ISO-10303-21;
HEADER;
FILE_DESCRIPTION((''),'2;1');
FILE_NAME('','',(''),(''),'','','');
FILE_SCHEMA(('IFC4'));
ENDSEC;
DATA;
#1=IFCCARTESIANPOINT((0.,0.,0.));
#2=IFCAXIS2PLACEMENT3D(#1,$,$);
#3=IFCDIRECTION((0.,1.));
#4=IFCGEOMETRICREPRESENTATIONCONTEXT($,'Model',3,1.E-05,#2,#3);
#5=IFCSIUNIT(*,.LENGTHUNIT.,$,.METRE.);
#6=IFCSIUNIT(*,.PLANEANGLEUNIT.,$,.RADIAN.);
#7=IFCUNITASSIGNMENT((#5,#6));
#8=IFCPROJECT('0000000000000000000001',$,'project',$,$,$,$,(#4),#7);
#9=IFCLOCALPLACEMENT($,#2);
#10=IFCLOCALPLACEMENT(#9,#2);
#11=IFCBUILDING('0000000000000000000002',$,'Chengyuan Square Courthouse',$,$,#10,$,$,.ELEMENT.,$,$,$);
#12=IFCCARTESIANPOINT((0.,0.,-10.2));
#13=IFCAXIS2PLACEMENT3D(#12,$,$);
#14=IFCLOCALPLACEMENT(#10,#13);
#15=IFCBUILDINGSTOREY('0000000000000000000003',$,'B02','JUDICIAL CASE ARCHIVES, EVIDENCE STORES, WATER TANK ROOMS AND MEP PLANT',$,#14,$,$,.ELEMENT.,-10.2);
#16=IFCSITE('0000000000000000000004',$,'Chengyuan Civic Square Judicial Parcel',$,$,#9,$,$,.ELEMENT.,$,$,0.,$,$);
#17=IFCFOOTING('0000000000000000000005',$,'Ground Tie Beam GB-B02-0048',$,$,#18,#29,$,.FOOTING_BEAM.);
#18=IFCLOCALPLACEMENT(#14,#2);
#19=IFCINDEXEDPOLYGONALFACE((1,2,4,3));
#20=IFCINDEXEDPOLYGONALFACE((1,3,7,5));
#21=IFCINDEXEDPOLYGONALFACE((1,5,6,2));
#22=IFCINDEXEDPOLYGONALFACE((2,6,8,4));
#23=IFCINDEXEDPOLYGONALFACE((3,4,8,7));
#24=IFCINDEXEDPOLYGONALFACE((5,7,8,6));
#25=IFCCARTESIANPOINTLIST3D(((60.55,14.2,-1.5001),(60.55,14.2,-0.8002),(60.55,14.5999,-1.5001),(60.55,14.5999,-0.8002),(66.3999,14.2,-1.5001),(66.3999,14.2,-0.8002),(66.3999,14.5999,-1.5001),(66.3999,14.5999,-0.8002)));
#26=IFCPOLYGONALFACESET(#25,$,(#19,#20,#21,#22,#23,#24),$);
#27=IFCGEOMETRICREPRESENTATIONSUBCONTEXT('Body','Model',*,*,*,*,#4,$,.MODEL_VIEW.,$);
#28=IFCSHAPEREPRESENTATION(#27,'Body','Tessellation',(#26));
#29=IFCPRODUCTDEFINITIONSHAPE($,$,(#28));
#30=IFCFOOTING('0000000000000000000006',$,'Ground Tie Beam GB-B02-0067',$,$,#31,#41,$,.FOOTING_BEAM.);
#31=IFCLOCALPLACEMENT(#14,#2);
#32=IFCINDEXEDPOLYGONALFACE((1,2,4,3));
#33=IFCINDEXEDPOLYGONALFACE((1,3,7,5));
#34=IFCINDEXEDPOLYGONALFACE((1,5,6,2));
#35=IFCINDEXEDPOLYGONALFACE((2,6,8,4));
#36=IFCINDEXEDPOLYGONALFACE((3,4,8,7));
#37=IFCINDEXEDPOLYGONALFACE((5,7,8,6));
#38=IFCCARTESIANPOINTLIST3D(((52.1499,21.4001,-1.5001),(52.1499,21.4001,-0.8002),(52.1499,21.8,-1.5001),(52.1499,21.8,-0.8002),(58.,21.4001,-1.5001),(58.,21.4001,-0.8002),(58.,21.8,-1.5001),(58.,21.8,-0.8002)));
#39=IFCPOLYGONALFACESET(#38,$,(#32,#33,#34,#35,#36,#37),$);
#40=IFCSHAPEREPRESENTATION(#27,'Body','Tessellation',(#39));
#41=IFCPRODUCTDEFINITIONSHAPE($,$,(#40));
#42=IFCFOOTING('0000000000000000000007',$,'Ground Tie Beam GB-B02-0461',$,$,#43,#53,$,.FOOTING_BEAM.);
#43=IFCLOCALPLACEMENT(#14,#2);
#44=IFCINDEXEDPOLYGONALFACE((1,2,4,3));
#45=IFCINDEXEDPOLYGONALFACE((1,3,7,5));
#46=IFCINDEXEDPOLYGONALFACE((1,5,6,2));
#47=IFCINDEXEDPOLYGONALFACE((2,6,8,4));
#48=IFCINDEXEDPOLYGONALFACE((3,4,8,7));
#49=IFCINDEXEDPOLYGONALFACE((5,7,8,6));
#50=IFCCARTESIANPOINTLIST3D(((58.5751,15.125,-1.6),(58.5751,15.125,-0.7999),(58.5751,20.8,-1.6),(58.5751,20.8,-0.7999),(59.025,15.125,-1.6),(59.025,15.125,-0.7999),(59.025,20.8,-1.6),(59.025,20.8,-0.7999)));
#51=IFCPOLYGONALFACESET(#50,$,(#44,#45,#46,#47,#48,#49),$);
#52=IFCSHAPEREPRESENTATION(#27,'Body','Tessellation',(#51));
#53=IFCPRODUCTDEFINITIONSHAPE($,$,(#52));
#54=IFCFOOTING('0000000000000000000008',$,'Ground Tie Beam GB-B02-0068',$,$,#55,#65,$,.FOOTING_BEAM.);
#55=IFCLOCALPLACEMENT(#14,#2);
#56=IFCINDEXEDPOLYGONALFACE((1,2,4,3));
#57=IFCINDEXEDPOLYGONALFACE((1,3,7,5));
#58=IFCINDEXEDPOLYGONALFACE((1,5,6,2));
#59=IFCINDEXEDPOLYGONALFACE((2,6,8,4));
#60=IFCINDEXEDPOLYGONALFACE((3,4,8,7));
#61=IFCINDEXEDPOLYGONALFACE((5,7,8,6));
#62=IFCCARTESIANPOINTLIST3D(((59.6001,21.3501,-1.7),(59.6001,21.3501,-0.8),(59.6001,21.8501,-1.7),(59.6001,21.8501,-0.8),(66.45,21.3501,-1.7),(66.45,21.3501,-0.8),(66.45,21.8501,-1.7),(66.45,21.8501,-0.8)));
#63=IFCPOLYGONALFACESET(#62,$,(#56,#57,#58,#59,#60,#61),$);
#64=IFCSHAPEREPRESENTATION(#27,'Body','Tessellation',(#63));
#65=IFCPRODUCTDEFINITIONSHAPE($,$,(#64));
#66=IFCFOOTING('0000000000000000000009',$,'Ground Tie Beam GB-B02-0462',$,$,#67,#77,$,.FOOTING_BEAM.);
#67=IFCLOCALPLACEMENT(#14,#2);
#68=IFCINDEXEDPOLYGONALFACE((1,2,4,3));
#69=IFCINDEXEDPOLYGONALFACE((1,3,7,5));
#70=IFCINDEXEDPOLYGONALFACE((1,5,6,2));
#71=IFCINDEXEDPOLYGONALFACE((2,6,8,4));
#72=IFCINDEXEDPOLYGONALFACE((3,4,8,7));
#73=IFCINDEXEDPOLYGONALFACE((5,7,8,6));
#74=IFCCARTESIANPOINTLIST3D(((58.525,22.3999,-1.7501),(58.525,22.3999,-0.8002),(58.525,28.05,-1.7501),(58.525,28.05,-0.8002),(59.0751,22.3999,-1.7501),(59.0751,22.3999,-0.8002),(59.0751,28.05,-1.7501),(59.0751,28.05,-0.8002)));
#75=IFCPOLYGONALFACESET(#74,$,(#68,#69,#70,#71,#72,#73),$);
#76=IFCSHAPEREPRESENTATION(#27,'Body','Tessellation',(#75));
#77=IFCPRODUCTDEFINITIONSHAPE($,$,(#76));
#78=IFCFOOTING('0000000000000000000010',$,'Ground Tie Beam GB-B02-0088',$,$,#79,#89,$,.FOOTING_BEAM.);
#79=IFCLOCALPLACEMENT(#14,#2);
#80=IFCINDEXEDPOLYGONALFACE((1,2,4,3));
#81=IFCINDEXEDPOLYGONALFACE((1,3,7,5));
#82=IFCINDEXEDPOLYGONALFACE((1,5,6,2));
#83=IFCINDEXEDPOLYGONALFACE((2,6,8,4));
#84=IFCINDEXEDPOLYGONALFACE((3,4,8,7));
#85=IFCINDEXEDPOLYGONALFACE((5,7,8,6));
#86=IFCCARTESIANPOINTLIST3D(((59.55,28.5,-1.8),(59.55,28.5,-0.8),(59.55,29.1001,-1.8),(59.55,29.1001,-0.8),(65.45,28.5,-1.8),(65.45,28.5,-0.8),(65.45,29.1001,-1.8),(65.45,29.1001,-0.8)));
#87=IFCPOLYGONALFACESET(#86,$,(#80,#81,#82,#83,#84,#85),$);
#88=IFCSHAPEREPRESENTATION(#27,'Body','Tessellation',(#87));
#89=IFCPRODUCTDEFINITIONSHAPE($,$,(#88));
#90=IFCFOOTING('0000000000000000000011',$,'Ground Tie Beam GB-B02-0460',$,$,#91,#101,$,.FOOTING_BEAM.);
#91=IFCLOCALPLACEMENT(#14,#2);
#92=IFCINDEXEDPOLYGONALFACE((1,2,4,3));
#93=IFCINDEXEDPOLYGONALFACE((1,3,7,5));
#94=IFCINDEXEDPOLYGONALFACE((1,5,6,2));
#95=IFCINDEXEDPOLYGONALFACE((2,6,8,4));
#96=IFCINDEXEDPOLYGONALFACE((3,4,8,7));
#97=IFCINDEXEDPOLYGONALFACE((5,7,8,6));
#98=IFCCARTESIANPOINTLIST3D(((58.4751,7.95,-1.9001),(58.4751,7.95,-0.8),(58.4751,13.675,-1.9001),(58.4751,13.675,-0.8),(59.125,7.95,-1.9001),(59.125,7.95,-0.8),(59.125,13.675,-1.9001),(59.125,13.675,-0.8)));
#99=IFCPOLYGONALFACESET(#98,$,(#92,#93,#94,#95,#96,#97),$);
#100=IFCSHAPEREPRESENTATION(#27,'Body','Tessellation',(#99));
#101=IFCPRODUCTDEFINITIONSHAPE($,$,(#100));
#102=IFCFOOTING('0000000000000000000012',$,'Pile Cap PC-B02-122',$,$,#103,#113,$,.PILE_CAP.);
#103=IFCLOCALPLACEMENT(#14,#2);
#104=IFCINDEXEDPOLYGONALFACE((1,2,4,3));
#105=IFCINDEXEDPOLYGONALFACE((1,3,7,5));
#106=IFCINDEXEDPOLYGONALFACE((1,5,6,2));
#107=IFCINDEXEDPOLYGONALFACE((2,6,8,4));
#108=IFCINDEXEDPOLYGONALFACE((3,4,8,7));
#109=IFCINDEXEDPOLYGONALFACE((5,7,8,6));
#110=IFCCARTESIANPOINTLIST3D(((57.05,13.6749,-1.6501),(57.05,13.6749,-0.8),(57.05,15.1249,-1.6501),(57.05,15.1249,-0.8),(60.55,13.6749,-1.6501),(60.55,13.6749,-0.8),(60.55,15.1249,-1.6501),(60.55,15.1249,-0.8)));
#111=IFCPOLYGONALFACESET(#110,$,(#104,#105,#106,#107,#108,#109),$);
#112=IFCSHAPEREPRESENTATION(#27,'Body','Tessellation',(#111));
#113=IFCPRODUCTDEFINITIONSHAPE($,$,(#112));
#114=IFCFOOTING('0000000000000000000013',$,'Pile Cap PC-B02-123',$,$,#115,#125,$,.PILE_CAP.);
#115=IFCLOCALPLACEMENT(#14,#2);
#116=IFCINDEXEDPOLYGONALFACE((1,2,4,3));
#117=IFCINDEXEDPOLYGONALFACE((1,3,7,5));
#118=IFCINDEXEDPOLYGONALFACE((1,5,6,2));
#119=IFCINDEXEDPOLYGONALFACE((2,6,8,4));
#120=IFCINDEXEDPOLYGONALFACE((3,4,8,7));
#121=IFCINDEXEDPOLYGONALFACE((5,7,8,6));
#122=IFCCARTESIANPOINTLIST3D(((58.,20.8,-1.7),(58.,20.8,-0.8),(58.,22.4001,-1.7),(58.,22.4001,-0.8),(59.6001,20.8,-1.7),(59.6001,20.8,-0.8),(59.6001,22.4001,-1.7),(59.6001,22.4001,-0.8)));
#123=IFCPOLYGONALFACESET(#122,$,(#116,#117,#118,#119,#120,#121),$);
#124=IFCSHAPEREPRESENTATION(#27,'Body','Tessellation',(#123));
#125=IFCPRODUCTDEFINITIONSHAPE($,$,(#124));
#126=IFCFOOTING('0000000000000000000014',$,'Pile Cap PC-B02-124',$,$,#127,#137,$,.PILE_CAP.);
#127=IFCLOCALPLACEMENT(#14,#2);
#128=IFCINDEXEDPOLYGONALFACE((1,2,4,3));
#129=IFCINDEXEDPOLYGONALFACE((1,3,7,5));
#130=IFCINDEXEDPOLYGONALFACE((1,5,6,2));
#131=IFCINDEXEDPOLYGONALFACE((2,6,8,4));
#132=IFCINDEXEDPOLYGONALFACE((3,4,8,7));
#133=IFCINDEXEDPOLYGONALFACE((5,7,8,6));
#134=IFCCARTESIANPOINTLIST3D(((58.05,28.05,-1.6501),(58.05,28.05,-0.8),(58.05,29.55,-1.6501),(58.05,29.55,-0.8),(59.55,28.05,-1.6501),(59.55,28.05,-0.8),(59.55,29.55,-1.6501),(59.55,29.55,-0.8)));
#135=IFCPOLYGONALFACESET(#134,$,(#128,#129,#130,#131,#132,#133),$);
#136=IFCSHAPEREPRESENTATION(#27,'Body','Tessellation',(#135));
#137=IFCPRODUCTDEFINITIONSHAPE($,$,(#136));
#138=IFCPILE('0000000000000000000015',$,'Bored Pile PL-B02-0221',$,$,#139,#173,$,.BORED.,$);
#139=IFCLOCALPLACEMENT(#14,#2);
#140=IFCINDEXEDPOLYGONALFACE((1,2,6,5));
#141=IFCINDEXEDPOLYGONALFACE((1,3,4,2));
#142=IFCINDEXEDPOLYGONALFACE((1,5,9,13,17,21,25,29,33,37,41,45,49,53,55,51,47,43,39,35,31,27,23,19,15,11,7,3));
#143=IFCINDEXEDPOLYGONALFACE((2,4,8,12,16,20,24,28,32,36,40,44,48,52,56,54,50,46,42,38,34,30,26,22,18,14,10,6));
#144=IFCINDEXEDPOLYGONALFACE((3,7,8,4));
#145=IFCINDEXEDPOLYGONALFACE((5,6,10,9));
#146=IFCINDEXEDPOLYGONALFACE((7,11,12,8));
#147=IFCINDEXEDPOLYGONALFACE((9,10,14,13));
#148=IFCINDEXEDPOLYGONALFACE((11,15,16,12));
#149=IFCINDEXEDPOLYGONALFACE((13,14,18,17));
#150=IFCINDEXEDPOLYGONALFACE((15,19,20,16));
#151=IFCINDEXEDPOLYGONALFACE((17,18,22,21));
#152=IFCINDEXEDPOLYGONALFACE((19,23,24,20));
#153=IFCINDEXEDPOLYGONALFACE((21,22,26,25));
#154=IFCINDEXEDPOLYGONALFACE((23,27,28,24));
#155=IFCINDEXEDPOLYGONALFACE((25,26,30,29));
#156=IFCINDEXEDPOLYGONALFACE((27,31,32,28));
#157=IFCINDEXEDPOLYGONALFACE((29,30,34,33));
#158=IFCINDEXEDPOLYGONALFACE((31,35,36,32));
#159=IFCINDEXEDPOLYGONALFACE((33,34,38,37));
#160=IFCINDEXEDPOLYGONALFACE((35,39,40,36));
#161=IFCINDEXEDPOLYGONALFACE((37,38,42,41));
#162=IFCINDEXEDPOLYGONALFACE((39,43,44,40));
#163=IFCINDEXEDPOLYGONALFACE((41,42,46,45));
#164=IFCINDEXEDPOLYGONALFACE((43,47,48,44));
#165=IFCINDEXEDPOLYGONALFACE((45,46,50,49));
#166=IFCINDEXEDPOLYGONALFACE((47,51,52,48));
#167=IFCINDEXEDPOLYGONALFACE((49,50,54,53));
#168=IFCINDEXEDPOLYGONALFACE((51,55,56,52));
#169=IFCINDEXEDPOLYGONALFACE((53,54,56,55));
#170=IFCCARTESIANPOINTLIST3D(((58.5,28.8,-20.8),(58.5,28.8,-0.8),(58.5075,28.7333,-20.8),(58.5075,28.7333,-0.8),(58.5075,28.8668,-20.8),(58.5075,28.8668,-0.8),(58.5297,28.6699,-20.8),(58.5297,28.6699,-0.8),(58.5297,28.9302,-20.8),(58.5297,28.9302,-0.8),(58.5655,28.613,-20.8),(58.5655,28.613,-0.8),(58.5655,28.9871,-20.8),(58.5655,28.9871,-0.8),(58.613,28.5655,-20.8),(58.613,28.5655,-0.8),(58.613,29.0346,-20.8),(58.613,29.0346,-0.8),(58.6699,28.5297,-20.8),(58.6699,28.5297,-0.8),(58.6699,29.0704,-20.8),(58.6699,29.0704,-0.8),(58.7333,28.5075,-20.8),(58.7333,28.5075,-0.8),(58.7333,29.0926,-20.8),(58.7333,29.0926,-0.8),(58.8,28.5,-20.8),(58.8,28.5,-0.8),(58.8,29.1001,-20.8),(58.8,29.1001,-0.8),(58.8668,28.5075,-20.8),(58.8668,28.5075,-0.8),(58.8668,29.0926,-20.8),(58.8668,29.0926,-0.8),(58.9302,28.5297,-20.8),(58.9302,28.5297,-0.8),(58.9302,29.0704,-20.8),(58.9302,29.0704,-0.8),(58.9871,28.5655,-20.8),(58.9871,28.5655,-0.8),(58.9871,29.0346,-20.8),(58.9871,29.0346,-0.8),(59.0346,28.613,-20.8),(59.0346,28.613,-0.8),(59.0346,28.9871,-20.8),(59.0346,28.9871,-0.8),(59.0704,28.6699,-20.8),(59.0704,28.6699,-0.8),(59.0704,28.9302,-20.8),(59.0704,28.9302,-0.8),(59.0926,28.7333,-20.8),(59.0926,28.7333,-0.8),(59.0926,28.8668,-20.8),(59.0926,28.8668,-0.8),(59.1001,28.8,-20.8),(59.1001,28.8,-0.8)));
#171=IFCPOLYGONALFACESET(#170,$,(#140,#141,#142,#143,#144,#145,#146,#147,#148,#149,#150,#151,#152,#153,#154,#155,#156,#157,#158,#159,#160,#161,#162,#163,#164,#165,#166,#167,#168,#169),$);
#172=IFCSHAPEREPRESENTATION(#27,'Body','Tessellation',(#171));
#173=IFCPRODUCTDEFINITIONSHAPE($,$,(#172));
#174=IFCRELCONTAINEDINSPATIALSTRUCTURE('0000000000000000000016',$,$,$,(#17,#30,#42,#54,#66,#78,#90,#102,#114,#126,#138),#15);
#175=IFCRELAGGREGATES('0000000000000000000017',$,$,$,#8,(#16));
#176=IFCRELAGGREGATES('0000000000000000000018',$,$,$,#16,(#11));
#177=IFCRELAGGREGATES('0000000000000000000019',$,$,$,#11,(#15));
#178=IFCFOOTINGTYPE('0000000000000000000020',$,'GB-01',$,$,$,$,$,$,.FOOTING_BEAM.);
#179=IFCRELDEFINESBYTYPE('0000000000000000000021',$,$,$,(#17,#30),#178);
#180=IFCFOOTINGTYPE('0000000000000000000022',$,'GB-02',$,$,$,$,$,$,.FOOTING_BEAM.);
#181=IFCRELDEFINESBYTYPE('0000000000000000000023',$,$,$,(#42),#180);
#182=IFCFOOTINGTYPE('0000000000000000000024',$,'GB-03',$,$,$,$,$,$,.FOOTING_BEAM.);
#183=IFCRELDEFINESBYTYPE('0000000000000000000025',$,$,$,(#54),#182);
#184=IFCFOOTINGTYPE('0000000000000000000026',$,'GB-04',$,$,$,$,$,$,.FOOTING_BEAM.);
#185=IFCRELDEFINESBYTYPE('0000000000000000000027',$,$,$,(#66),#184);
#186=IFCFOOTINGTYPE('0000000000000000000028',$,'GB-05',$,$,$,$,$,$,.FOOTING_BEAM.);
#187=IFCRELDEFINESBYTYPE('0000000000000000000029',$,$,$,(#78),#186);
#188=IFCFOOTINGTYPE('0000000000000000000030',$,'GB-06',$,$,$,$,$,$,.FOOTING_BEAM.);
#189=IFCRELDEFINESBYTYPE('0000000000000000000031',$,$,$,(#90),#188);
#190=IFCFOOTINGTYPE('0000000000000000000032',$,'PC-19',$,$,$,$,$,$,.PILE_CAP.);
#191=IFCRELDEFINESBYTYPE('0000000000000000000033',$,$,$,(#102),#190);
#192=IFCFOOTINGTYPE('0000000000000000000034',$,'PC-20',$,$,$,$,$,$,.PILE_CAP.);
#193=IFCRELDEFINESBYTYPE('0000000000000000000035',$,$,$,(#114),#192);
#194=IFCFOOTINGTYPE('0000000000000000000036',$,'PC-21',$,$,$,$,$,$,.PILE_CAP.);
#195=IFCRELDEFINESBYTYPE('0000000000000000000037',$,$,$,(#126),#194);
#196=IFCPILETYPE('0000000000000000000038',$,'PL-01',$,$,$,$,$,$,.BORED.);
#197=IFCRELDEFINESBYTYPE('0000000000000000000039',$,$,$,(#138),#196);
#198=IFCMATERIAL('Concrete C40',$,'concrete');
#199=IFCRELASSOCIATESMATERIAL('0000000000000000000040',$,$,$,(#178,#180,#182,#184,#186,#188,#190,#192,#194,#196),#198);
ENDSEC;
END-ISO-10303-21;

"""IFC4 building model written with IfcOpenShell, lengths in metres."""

from ifc_helpers import new_model, si_unit, direction, frame, origin, origin_2d, place, context, subcontext, project, spatial, rectangle, circle, extrude, material, material_profile, profile_set, type_object, element, save


model = new_model("IFC4")

# Units and contexts
model_context = context("Model", 3, precision=1e-05, world=origin(), true_north=direction((0.0, 1.0)))
body_context = subcontext(model_context, "Body", "Model", "MODEL_VIEW")
ifc_project = project(units=[si_unit("LENGTHUNIT", "METRE"), si_unit("PLANEANGLEUNIT", "RADIAN")], contexts=[model_context])

# Site, building, storey
site_placement = place(None, origin())
site = spatial("IfcSite", under=ifc_project, at=site_placement, Name="Chengyuan Civic Square Judicial Parcel", CompositionType="ELEMENT", RefElevation=0.0)
building_placement = place(site_placement, origin())
building = spatial("IfcBuilding", under=site, at=building_placement, Name="Chengyuan Square Courthouse", CompositionType="ELEMENT")
storey_placement = place(building_placement, frame((0.0, 0.0, -10.2)))
storey = spatial("IfcBuildingStorey", under=building, at=storey_placement, Name="B02", Description="JUDICIAL CASE ARCHIVES, EVIDENCE STORES, WATER TANK ROOMS AND MEP PLANT", CompositionType="ELEMENT", Elevation=-10.2)

# Footings
ifc_material_1 = material(Name="Concrete C40", Category="concrete")
ifc_material_profile_1 = material_profile(ifc_material_1, rectangle(XDim=0.3999, YDim=0.7, at=origin_2d()), Name="GB-400x700")
ifc_profile_set_1 = profile_set([ifc_material_profile_1], Name="Concrete C40")
footing_type_1 = type_object("IfcFootingType", Name="GB-01", PredefinedType="FOOTING_BEAM", material=ifc_profile_set_1)
footing_1_placement = place(storey_placement, frame((60.55, 14.3999, -1.1501), z_axis=(1.0, 0.0, 0.0), x_axis=(0.0, 1.0, 0.0)))
element("IfcFooting", 1, at=footing_1_placement, inside=storey, type_object=footing_type_1, Name="Ground Tie Beam GB-B02-0048", PredefinedType="FOOTING_BEAM", context=body_context, shape_type="SweptSolid", body=[
    extrude(rectangle(XDim=0.3999, YDim=0.7, at=origin_2d()), origin(), (0.0, 0.0, 1.0), 5.8499),
])
footing_2_placement = place(storey_placement, frame((52.1499, 21.6001, -1.1501), z_axis=(1.0, 0.0, 0.0), x_axis=(0.0, 1.0, 0.0)))
element("IfcFooting", 2, at=footing_2_placement, inside=storey, type_object=footing_type_1, Name="Ground Tie Beam GB-B02-0067", PredefinedType="FOOTING_BEAM", context=body_context, shape_type="SweptSolid", body=[
    extrude(rectangle(XDim=0.3999, YDim=0.7, at=origin_2d()), origin(), (0.0, 0.0, 1.0), 5.8501),
])
ifc_material_profile_2 = material_profile(ifc_material_1, rectangle(XDim=0.45, YDim=0.8, at=origin_2d()), Name="GB-450x800")
ifc_profile_set_2 = profile_set([ifc_material_profile_2], Name="Concrete C40")
footing_type_2 = type_object("IfcFootingType", Name="GB-02", PredefinedType="FOOTING_BEAM", material=ifc_profile_set_2)
footing_3_placement = place(storey_placement, frame((58.8, 15.125, -1.2), z_axis=(0.0, 1.0, 0.0), x_axis=(-1.0, 0.0, 0.0)))
element("IfcFooting", 3, at=footing_3_placement, inside=storey, type_object=footing_type_2, Name="Ground Tie Beam GB-B02-0461", PredefinedType="FOOTING_BEAM", context=body_context, shape_type="SweptSolid", body=[
    extrude(rectangle(XDim=0.45, YDim=0.8, at=origin_2d()), origin(), (0.0, 0.0, 1.0), 5.675),
])
ifc_material_profile_3 = material_profile(ifc_material_1, rectangle(XDim=0.5, YDim=0.8999, at=origin_2d()), Name="GB-500x900")
ifc_profile_set_3 = profile_set([ifc_material_profile_3], Name="Concrete C40")
footing_type_3 = type_object("IfcFootingType", Name="GB-03", PredefinedType="FOOTING_BEAM", material=ifc_profile_set_3)
footing_4_placement = place(storey_placement, frame((59.6001, 21.6001, -1.25), z_axis=(1.0, 0.0, 0.0), x_axis=(0.0, 1.0, 0.0)))
element("IfcFooting", 4, at=footing_4_placement, inside=storey, type_object=footing_type_3, Name="Ground Tie Beam GB-B02-0068", PredefinedType="FOOTING_BEAM", context=body_context, shape_type="SweptSolid", body=[
    extrude(rectangle(XDim=0.5, YDim=0.8999, at=origin_2d()), origin(), (0.0, 0.0, 1.0), 6.8499),
])
ifc_material_profile_4 = material_profile(ifc_material_1, rectangle(XDim=0.55, YDim=0.95, at=origin_2d()), Name="GB-550x950")
ifc_profile_set_4 = profile_set([ifc_material_profile_4], Name="Concrete C40")
footing_type_4 = type_object("IfcFootingType", Name="GB-04", PredefinedType="FOOTING_BEAM", material=ifc_profile_set_4)
footing_5_placement = place(storey_placement, frame((58.8, 22.3999, -1.2751), z_axis=(0.0, 1.0, 0.0), x_axis=(-1.0, 0.0, 0.0)))
element("IfcFooting", 5, at=footing_5_placement, inside=storey, type_object=footing_type_4, Name="Ground Tie Beam GB-B02-0462", PredefinedType="FOOTING_BEAM", context=body_context, shape_type="SweptSolid", body=[
    extrude(rectangle(XDim=0.55, YDim=0.95, at=origin_2d()), origin(), (0.0, 0.0, 1.0), 5.6501),
])
ifc_material_profile_5 = material_profile(ifc_material_1, rectangle(XDim=0.6001, YDim=1.0, at=origin_2d()), Name="GB-600x1000")
ifc_profile_set_5 = profile_set([ifc_material_profile_5], Name="Concrete C40")
footing_type_5 = type_object("IfcFootingType", Name="GB-05", PredefinedType="FOOTING_BEAM", material=ifc_profile_set_5)
footing_6_placement = place(storey_placement, frame((59.55, 28.8, -1.3), z_axis=(1.0, 0.0, 0.0), x_axis=(0.0, 1.0, 0.0)))
element("IfcFooting", 6, at=footing_6_placement, inside=storey, type_object=footing_type_5, Name="Ground Tie Beam GB-B02-0088", PredefinedType="FOOTING_BEAM", context=body_context, shape_type="SweptSolid", body=[
    extrude(rectangle(XDim=0.6001, YDim=1.0, at=origin_2d()), origin(), (0.0, 0.0, 1.0), 5.8999),
])
ifc_material_profile_6 = material_profile(ifc_material_1, rectangle(XDim=0.6499, YDim=1.1001, at=origin_2d()), Name="GB-650x1100")
ifc_profile_set_6 = profile_set([ifc_material_profile_6], Name="Concrete C40")
footing_type_6 = type_object("IfcFootingType", Name="GB-06", PredefinedType="FOOTING_BEAM", material=ifc_profile_set_6)
footing_7_placement = place(storey_placement, frame((58.8, 7.95, -1.3501), z_axis=(0.0, 1.0, 0.0), x_axis=(-1.0, 0.0, 0.0)))
element("IfcFooting", 7, at=footing_7_placement, inside=storey, type_object=footing_type_6, Name="Ground Tie Beam GB-B02-0460", PredefinedType="FOOTING_BEAM", context=body_context, shape_type="SweptSolid", body=[
    extrude(rectangle(XDim=0.6499, YDim=1.1001, at=origin_2d()), origin(), (0.0, 0.0, 1.0), 5.7251),
])
footing_type_7 = type_object("IfcFootingType", Name="PC-19", PredefinedType="PILE_CAP", material=ifc_material_1)
footing_8_placement = place(storey_placement, frame((58.8, 14.3999, -1.6501), z_axis=(0.0, 0.0, 1.0), x_axis=(1.0, 0.0, 0.0)))
element("IfcFooting", 8, at=footing_8_placement, inside=storey, type_object=footing_type_7, Name="Pile Cap PC-B02-122", PredefinedType="PILE_CAP", context=body_context, shape_type="SweptSolid", body=[
    extrude(rectangle(XDim=3.5, YDim=1.45, at=origin_2d()), origin(), (0.0, 0.0, 1.0), 0.8501),
])
footing_type_8 = type_object("IfcFootingType", Name="PC-20", PredefinedType="PILE_CAP", material=ifc_material_1)
footing_9_placement = place(storey_placement, frame((58.8, 21.6001, -1.7), z_axis=(0.0, 0.0, 1.0), x_axis=(1.0, 0.0, 0.0)))
element("IfcFooting", 9, at=footing_9_placement, inside=storey, type_object=footing_type_8, Name="Pile Cap PC-B02-123", PredefinedType="PILE_CAP", context=body_context, shape_type="SweptSolid", body=[
    extrude(rectangle(XDim=1.6001, YDim=1.6001, at=origin_2d()), origin(), (0.0, 0.0, 1.0), 0.8999),
])
footing_type_9 = type_object("IfcFootingType", Name="PC-21", PredefinedType="PILE_CAP", material=ifc_material_1)
footing_10_placement = place(storey_placement, frame((58.8, 28.8, -1.6501), z_axis=(0.0, 0.0, 1.0), x_axis=(1.0, 0.0, 0.0)))
element("IfcFooting", 10, at=footing_10_placement, inside=storey, type_object=footing_type_9, Name="Pile Cap PC-B02-124", PredefinedType="PILE_CAP", context=body_context, shape_type="SweptSolid", body=[
    extrude(rectangle(XDim=1.5, YDim=1.5, at=origin_2d()), origin(), (0.0, 0.0, 1.0), 0.8501),
])

# Pile
ifc_material_profile_7 = material_profile(ifc_material_1, circle(Radius=0.3, at=origin_2d()), Name="BORED PILE D600")
ifc_profile_set_7 = profile_set([ifc_material_profile_7], Name="Concrete C40")
pile_type_1 = type_object("IfcPileType", Name="PL-01", PredefinedType="BORED", material=ifc_profile_set_7)
pile_placement = place(storey_placement, frame((58.8, 28.8, -0.8), z_axis=(0.0, 0.0, -1.0), x_axis=(1.0, 0.0, 0.0)))
element("IfcPile", 11, at=pile_placement, inside=storey, type_object=pile_type_1, Name="Bored Pile PL-B02-0221", PredefinedType="BORED", context=body_context, shape_type="SweptSolid", body=[
    extrude(circle(Radius=0.3, at=origin_2d()), origin(), (0.0, 0.0, 1.0), 20.0),
])

save(model, "model.ifc")
